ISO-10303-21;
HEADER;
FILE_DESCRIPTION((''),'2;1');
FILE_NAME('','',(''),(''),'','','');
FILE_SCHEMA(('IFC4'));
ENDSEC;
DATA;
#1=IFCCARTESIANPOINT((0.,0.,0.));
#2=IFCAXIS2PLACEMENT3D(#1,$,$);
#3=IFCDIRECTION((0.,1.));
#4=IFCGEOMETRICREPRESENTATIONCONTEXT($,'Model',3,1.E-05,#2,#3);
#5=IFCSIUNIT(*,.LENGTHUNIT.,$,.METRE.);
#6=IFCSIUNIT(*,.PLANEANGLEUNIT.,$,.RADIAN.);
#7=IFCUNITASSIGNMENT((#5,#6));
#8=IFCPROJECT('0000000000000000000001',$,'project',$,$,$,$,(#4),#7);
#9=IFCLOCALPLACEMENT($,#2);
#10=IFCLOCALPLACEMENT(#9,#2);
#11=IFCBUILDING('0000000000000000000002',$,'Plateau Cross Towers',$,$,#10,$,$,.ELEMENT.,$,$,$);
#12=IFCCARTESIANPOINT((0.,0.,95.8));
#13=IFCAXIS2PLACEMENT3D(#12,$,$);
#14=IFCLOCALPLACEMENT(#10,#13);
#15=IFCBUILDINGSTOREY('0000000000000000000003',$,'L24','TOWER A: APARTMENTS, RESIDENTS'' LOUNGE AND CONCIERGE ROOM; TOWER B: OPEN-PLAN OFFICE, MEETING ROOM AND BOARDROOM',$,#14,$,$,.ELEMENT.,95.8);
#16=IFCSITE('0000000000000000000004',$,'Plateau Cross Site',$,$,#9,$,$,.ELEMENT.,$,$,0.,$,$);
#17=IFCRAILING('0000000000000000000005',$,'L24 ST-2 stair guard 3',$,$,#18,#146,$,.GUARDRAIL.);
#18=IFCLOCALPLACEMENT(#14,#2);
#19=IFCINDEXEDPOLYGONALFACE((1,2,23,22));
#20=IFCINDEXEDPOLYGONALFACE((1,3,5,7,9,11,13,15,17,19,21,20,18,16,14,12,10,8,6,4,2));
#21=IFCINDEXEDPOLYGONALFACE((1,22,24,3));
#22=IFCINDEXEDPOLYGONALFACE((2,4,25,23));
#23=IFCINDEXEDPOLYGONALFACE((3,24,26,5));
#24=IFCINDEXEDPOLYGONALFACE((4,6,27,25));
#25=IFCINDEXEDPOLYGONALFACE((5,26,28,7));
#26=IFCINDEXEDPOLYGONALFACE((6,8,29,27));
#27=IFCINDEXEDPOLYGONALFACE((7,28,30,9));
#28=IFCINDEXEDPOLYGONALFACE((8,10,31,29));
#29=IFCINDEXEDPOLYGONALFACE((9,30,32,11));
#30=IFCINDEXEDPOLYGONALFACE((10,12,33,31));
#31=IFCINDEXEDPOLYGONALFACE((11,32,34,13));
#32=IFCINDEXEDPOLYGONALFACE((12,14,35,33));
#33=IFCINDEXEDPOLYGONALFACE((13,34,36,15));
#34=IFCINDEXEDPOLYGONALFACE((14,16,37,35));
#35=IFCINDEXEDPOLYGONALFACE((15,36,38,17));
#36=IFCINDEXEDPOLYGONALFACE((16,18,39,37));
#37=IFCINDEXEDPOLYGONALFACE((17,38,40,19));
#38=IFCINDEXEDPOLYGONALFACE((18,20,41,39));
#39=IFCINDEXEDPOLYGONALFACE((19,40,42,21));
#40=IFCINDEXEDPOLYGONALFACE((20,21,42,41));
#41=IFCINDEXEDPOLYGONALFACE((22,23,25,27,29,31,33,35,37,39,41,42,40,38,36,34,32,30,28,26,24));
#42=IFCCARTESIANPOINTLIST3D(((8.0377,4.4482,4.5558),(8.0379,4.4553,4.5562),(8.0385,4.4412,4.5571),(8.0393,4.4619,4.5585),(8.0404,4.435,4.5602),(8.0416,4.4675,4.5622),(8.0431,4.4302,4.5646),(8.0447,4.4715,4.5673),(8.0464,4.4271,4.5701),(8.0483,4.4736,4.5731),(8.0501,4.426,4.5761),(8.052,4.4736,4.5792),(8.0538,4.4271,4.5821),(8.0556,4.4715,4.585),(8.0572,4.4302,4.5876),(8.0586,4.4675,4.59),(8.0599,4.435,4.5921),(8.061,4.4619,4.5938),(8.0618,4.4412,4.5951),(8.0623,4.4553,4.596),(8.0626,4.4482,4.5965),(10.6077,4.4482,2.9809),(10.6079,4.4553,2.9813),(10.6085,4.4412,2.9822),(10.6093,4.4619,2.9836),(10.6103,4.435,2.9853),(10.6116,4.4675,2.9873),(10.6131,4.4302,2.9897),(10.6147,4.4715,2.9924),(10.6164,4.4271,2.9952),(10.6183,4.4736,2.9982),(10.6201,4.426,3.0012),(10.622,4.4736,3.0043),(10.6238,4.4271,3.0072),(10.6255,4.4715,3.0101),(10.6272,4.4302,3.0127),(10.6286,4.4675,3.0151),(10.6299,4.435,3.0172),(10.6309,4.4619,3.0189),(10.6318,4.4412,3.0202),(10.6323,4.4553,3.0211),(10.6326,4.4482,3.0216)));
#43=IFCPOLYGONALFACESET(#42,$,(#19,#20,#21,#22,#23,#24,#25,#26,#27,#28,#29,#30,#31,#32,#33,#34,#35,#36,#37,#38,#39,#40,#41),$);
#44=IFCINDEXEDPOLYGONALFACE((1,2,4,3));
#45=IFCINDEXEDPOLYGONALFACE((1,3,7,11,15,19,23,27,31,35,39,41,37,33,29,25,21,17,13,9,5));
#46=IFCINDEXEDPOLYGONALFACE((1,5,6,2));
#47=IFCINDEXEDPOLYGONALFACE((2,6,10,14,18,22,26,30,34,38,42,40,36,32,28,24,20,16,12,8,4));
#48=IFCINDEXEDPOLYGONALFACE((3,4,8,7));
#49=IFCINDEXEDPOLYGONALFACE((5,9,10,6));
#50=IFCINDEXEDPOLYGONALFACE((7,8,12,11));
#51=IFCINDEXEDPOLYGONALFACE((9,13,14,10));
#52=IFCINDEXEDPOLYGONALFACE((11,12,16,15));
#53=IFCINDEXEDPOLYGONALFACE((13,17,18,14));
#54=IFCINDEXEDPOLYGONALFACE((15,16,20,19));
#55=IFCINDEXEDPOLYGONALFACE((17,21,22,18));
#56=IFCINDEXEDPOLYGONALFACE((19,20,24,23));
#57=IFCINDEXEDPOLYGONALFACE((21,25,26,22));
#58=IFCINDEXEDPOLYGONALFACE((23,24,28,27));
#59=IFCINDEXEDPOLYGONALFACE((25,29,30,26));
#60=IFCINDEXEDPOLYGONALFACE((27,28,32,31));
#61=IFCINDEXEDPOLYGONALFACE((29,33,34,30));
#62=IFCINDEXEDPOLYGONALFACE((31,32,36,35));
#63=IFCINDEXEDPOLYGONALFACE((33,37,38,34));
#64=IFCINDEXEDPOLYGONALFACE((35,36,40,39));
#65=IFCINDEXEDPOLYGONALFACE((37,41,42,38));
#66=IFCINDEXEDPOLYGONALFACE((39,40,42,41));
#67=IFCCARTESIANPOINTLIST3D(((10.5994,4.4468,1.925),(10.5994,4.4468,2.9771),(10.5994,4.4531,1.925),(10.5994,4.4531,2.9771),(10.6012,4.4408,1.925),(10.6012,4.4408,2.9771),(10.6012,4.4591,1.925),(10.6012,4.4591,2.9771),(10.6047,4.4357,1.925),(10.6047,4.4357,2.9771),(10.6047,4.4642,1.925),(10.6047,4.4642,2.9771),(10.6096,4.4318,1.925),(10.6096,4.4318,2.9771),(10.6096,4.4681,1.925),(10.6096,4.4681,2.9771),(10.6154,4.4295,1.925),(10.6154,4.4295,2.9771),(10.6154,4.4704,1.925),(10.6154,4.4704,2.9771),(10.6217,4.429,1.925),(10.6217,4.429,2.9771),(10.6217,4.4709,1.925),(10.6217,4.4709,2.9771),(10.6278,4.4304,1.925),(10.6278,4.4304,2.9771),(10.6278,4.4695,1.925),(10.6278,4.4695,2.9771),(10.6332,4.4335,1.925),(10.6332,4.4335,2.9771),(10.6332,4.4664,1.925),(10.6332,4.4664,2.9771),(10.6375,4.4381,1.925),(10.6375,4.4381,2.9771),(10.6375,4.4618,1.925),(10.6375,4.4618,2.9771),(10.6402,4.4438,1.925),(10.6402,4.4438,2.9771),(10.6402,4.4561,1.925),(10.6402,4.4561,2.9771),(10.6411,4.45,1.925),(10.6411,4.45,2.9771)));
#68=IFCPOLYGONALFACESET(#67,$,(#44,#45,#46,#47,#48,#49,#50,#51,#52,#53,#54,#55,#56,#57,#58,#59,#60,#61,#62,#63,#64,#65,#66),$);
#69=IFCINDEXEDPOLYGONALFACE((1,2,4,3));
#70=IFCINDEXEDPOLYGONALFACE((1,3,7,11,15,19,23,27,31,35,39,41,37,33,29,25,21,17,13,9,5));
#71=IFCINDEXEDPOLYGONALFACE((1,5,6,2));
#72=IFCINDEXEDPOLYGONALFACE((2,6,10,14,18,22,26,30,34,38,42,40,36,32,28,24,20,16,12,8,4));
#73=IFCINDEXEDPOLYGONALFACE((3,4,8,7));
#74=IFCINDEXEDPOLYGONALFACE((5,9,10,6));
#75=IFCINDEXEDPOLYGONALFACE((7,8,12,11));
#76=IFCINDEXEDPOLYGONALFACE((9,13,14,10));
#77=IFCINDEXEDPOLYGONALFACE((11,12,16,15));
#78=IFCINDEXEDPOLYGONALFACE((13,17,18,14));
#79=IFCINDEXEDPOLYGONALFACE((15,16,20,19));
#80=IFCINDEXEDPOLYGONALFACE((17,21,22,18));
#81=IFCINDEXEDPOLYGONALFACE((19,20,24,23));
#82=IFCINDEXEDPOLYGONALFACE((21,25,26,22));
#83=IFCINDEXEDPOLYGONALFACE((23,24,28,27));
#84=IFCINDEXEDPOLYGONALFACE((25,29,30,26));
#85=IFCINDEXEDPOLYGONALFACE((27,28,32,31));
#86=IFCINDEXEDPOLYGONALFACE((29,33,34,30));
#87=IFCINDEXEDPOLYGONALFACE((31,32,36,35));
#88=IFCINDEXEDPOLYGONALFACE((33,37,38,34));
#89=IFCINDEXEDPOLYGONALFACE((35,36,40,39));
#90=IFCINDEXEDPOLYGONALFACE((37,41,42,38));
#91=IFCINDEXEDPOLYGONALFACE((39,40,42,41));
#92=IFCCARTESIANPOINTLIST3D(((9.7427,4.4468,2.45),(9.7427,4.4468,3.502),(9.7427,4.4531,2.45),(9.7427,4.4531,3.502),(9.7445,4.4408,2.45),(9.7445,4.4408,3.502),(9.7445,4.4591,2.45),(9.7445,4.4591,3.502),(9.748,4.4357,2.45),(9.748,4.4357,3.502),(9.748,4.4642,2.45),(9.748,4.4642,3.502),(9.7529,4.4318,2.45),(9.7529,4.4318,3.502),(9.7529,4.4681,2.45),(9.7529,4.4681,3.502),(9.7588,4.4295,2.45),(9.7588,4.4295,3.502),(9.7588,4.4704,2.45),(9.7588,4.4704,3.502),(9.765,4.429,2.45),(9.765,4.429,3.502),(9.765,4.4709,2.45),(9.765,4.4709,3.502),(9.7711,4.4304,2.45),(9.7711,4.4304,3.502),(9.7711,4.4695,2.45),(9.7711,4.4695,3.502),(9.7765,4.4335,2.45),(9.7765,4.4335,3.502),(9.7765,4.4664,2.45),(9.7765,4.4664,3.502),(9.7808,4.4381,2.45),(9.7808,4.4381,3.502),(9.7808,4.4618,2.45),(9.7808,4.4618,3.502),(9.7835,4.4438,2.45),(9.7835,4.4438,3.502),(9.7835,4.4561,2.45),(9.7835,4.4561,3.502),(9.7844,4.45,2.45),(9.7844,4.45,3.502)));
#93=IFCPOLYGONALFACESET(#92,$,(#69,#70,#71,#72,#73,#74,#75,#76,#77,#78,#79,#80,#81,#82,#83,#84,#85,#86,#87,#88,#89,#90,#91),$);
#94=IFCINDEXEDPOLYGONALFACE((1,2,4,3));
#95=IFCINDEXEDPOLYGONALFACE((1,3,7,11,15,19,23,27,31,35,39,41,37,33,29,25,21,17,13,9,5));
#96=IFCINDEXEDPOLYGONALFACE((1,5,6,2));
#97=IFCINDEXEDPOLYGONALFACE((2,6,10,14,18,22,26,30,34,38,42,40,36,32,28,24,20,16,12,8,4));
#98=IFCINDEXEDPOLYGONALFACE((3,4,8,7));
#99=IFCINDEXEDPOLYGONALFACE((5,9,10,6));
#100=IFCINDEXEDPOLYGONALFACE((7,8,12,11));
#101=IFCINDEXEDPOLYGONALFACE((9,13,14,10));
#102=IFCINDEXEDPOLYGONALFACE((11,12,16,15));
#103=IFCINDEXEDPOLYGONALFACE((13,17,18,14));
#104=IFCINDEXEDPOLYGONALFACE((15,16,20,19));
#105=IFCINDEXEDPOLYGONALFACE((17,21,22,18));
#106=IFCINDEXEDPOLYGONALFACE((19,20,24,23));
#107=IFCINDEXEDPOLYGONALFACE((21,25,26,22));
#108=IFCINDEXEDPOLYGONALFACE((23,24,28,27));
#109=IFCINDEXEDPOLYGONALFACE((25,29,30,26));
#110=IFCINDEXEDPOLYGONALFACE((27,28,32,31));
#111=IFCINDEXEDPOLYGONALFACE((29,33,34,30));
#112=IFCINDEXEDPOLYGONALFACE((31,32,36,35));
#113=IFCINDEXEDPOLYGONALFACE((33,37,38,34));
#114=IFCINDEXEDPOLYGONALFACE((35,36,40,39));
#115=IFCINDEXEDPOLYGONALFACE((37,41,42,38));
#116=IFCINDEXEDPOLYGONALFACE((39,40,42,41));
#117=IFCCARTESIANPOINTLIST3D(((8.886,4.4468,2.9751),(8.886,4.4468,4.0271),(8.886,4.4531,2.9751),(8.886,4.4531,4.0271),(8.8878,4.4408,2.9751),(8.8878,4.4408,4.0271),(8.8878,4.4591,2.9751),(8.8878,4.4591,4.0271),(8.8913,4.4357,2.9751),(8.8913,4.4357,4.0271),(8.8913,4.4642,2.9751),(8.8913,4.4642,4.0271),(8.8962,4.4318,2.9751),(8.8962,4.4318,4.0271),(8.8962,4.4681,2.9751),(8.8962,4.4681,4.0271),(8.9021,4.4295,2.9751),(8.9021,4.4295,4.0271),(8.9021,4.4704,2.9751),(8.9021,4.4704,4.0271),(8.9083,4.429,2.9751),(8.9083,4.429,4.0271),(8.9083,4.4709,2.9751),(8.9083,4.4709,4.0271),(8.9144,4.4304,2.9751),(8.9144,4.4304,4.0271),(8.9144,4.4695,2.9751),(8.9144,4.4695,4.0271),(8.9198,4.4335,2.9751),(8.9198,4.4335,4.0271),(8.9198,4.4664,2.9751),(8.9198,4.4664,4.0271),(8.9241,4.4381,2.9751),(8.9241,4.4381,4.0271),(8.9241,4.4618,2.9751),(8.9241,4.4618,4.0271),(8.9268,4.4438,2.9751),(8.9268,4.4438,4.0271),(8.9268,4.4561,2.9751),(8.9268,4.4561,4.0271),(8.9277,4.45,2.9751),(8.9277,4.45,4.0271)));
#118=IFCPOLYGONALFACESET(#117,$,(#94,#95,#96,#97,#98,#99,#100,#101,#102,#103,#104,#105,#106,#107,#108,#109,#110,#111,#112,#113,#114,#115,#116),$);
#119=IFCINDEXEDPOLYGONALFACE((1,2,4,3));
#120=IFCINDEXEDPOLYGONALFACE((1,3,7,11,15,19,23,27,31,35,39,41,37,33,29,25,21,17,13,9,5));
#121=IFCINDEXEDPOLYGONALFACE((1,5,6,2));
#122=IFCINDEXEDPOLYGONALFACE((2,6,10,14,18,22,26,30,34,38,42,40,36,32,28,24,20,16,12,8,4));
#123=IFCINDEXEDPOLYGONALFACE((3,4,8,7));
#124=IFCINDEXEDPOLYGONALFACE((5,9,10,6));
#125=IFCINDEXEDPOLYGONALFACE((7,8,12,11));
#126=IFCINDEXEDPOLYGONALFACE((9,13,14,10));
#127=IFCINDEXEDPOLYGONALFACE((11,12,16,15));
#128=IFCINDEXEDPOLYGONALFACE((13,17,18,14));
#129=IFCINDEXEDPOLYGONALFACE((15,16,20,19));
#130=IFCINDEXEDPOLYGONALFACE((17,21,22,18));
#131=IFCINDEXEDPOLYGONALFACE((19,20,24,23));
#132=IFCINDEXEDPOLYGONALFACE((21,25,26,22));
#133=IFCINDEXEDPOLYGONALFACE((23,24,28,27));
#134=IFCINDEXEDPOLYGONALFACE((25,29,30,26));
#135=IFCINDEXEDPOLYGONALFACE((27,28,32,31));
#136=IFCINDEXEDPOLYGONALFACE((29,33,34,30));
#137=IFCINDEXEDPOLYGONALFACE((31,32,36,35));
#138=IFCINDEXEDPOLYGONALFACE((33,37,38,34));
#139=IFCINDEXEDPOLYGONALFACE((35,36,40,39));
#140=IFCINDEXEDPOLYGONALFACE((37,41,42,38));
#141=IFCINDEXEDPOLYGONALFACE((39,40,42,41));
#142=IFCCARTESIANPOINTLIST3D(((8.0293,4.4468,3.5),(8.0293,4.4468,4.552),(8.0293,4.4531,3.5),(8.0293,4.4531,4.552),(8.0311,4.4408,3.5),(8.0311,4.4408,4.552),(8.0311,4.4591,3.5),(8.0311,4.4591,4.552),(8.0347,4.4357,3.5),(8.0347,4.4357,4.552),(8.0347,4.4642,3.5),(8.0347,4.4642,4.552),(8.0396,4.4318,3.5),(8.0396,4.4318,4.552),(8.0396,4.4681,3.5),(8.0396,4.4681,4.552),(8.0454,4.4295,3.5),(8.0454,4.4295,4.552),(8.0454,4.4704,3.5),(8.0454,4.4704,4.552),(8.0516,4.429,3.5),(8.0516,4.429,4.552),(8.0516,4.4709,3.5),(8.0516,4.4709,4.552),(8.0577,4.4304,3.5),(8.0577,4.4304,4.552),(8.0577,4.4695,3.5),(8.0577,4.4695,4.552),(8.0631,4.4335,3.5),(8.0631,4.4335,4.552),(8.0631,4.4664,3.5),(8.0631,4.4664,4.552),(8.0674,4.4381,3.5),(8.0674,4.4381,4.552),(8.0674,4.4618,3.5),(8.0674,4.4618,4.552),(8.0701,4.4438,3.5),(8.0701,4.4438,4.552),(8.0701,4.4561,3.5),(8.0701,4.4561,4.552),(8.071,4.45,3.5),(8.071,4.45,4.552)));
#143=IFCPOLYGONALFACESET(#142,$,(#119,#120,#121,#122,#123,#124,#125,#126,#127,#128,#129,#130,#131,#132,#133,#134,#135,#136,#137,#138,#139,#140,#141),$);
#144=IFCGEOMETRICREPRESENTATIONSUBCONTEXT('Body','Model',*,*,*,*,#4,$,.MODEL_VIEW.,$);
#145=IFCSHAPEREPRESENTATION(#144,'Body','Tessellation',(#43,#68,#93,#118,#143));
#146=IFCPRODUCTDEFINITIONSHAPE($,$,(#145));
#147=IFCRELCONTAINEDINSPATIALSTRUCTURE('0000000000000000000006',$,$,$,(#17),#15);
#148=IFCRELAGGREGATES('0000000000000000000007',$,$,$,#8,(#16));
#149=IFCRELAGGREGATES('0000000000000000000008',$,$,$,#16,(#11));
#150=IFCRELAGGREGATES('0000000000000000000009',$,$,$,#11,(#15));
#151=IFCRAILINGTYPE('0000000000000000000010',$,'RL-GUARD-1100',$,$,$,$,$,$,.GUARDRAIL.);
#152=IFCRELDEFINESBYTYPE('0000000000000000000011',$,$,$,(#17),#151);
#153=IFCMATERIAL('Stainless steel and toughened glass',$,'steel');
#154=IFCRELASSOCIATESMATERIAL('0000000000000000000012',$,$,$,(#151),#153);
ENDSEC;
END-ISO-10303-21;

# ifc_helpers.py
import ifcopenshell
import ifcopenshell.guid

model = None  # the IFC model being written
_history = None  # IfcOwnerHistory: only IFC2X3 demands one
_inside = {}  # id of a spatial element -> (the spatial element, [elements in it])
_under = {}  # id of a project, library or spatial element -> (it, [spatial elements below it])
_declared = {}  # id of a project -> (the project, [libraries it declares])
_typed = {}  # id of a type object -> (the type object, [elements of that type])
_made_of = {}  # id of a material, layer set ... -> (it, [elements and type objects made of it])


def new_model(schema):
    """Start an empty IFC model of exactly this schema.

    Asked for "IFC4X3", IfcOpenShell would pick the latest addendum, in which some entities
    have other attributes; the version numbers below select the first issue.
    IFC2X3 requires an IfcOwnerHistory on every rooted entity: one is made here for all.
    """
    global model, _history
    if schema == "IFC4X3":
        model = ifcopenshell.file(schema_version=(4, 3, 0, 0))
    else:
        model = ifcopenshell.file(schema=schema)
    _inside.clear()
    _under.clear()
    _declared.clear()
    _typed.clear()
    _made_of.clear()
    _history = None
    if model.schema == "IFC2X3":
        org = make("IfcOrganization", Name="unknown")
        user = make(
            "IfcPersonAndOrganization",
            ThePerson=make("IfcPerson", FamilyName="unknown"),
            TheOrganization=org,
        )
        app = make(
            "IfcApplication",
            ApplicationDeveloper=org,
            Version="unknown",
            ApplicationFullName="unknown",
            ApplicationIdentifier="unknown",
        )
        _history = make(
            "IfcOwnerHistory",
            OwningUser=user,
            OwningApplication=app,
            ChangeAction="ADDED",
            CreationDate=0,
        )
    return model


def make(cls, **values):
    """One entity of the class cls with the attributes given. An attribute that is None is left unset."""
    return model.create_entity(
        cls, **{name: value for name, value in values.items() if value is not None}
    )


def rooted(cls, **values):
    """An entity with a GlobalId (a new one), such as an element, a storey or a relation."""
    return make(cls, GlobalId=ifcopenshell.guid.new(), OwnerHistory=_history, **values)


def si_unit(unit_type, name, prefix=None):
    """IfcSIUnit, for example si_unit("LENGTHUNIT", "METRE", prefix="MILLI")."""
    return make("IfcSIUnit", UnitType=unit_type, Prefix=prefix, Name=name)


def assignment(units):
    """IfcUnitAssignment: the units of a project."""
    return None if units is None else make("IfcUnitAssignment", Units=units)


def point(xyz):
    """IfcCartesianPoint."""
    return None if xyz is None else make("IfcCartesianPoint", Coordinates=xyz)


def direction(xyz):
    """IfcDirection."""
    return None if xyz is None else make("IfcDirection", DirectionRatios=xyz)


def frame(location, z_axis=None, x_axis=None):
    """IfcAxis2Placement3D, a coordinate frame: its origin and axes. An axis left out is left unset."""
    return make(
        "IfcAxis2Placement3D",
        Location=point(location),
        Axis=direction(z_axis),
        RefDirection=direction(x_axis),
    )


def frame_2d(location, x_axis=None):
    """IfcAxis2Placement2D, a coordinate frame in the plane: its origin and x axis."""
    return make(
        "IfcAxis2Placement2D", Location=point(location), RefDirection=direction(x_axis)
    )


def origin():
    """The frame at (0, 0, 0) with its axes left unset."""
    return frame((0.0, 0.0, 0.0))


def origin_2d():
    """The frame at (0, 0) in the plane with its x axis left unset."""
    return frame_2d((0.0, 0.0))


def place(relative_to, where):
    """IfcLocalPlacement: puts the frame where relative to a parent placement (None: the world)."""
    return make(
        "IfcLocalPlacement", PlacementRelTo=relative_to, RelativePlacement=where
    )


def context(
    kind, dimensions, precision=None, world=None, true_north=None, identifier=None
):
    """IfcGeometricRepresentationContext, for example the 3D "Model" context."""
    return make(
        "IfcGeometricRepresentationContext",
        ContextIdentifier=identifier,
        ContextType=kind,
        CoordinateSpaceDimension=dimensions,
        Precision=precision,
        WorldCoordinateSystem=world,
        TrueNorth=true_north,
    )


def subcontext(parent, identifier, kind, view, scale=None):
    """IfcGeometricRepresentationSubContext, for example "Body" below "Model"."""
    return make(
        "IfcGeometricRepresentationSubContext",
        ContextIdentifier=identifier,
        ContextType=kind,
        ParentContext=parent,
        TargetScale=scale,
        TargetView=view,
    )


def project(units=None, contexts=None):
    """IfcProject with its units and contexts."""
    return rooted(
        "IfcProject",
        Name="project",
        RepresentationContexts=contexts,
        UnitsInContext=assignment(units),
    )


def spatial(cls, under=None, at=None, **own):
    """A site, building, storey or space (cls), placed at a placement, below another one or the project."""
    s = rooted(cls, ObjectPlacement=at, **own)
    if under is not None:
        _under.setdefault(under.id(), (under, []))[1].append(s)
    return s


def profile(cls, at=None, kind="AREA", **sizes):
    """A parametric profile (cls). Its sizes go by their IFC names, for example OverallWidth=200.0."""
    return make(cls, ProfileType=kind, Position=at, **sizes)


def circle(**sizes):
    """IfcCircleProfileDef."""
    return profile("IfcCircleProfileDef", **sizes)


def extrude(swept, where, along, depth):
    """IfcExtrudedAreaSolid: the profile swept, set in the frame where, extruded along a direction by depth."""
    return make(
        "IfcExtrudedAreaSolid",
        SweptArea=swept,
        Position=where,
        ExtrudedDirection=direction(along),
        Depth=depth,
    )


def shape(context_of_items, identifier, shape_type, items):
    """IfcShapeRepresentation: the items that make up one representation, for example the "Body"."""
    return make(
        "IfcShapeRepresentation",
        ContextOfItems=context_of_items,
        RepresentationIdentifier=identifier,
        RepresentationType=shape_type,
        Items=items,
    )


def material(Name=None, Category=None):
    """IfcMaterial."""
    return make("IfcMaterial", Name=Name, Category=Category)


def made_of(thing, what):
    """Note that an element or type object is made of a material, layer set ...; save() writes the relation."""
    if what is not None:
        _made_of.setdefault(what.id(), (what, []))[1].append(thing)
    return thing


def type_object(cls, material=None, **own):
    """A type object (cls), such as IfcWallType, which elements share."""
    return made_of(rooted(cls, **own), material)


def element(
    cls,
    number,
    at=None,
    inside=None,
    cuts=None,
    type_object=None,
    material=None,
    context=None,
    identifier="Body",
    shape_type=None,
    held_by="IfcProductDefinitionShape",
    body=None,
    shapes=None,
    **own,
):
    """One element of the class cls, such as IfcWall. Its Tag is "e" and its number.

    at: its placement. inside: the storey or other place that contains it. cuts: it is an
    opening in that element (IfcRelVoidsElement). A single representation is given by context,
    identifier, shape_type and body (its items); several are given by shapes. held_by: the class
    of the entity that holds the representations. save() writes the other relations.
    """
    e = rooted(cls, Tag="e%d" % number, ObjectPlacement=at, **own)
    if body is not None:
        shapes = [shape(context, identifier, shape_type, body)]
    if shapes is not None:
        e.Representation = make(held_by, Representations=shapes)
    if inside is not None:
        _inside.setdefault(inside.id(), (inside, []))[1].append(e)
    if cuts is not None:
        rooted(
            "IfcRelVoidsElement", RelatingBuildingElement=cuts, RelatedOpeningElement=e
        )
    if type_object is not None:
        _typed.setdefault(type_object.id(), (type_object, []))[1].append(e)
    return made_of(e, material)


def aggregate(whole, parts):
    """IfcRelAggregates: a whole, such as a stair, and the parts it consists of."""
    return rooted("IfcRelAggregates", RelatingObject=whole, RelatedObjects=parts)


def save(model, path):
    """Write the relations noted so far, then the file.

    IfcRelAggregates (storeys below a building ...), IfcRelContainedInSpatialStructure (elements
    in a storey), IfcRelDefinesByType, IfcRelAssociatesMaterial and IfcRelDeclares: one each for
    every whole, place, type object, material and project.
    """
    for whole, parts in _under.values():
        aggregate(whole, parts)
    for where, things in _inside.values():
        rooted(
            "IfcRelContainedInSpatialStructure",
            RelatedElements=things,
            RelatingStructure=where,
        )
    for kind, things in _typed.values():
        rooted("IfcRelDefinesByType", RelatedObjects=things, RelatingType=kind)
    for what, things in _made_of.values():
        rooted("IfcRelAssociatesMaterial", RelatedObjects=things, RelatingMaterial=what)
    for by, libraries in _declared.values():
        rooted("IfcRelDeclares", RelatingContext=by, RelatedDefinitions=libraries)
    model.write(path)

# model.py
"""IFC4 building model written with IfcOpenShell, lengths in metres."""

from ifc_helpers import new_model, si_unit, direction, frame, origin, origin_2d, place, context, subcontext, project, spatial, circle, extrude, material, type_object, element, save


model = new_model("IFC4")

# Units and contexts
model_context = context("Model", 3, precision=1e-05, world=origin(), true_north=direction((0.0, 1.0)))
body_context = subcontext(model_context, "Body", "Model", "MODEL_VIEW")
ifc_project = project(units=[si_unit("LENGTHUNIT", "METRE"), si_unit("PLANEANGLEUNIT", "RADIAN")], contexts=[model_context])

# Site, building, storey
site_placement = place(None, origin())
site = spatial("IfcSite", under=ifc_project, at=site_placement, Name="Plateau Cross Site", CompositionType="ELEMENT", RefElevation=0.0)
building_placement = place(site_placement, origin())
building = spatial("IfcBuilding", under=site, at=building_placement, Name="Plateau Cross Towers", CompositionType="ELEMENT")
storey_placement = place(building_placement, frame((0.0, 0.0, 95.8)))
storey = spatial("IfcBuildingStorey", under=building, at=storey_placement, Name="L24", Description="TOWER A: APARTMENTS, RESIDENTS' LOUNGE AND CONCIERGE ROOM; TOWER B: OPEN-PLAN OFFICE, MEETING ROOM AND BOARDROOM", CompositionType="ELEMENT", Elevation=95.8)

# Railing
ifc_material_1 = material(Name="Stainless steel and toughened glass", Category="steel")
railing_type_1 = type_object("IfcRailingType", Name="RL-GUARD-1100", PredefinedType="GUARDRAIL", material=ifc_material_1)
railing_1_placement = place(storey_placement, frame((10.6201, 4.45, 1.925)))
element("IfcRailing", 1, at=railing_1_placement, inside=storey, type_object=railing_type_1, Name="L24 ST-2 stair guard 3", PredefinedType="GUARDRAIL", context=body_context, shape_type="SweptSolid", body=[
    extrude(circle(Radius=0.0239, at=origin_2d()), frame((0.0, 0.0, 1.0762), z_axis=(-0.852639, 0.0, 0.522501), x_axis=(0.0, -1.0, 0.0)), (0.0, 0.0, 1.0), 3.0142),
    extrude(circle(Radius=0.021, at=origin_2d()), origin(), (0.0, 0.0, 1.0), 1.052),
    extrude(circle(Radius=0.021, at=origin_2d()), frame((-0.8567, 0.0, 0.5249)), (0.0, 0.0, 1.0), 1.052),
    extrude(circle(Radius=0.021, at=origin_2d()), frame((-1.7134, 0.0, 1.05)), (0.0, 0.0, 1.0), 1.052),
    extrude(circle(Radius=0.021, at=origin_2d()), frame((-2.5701, 0.0, 1.575)), (0.0, 0.0, 1.0), 1.052),
])

save(model, "model.ifc")
